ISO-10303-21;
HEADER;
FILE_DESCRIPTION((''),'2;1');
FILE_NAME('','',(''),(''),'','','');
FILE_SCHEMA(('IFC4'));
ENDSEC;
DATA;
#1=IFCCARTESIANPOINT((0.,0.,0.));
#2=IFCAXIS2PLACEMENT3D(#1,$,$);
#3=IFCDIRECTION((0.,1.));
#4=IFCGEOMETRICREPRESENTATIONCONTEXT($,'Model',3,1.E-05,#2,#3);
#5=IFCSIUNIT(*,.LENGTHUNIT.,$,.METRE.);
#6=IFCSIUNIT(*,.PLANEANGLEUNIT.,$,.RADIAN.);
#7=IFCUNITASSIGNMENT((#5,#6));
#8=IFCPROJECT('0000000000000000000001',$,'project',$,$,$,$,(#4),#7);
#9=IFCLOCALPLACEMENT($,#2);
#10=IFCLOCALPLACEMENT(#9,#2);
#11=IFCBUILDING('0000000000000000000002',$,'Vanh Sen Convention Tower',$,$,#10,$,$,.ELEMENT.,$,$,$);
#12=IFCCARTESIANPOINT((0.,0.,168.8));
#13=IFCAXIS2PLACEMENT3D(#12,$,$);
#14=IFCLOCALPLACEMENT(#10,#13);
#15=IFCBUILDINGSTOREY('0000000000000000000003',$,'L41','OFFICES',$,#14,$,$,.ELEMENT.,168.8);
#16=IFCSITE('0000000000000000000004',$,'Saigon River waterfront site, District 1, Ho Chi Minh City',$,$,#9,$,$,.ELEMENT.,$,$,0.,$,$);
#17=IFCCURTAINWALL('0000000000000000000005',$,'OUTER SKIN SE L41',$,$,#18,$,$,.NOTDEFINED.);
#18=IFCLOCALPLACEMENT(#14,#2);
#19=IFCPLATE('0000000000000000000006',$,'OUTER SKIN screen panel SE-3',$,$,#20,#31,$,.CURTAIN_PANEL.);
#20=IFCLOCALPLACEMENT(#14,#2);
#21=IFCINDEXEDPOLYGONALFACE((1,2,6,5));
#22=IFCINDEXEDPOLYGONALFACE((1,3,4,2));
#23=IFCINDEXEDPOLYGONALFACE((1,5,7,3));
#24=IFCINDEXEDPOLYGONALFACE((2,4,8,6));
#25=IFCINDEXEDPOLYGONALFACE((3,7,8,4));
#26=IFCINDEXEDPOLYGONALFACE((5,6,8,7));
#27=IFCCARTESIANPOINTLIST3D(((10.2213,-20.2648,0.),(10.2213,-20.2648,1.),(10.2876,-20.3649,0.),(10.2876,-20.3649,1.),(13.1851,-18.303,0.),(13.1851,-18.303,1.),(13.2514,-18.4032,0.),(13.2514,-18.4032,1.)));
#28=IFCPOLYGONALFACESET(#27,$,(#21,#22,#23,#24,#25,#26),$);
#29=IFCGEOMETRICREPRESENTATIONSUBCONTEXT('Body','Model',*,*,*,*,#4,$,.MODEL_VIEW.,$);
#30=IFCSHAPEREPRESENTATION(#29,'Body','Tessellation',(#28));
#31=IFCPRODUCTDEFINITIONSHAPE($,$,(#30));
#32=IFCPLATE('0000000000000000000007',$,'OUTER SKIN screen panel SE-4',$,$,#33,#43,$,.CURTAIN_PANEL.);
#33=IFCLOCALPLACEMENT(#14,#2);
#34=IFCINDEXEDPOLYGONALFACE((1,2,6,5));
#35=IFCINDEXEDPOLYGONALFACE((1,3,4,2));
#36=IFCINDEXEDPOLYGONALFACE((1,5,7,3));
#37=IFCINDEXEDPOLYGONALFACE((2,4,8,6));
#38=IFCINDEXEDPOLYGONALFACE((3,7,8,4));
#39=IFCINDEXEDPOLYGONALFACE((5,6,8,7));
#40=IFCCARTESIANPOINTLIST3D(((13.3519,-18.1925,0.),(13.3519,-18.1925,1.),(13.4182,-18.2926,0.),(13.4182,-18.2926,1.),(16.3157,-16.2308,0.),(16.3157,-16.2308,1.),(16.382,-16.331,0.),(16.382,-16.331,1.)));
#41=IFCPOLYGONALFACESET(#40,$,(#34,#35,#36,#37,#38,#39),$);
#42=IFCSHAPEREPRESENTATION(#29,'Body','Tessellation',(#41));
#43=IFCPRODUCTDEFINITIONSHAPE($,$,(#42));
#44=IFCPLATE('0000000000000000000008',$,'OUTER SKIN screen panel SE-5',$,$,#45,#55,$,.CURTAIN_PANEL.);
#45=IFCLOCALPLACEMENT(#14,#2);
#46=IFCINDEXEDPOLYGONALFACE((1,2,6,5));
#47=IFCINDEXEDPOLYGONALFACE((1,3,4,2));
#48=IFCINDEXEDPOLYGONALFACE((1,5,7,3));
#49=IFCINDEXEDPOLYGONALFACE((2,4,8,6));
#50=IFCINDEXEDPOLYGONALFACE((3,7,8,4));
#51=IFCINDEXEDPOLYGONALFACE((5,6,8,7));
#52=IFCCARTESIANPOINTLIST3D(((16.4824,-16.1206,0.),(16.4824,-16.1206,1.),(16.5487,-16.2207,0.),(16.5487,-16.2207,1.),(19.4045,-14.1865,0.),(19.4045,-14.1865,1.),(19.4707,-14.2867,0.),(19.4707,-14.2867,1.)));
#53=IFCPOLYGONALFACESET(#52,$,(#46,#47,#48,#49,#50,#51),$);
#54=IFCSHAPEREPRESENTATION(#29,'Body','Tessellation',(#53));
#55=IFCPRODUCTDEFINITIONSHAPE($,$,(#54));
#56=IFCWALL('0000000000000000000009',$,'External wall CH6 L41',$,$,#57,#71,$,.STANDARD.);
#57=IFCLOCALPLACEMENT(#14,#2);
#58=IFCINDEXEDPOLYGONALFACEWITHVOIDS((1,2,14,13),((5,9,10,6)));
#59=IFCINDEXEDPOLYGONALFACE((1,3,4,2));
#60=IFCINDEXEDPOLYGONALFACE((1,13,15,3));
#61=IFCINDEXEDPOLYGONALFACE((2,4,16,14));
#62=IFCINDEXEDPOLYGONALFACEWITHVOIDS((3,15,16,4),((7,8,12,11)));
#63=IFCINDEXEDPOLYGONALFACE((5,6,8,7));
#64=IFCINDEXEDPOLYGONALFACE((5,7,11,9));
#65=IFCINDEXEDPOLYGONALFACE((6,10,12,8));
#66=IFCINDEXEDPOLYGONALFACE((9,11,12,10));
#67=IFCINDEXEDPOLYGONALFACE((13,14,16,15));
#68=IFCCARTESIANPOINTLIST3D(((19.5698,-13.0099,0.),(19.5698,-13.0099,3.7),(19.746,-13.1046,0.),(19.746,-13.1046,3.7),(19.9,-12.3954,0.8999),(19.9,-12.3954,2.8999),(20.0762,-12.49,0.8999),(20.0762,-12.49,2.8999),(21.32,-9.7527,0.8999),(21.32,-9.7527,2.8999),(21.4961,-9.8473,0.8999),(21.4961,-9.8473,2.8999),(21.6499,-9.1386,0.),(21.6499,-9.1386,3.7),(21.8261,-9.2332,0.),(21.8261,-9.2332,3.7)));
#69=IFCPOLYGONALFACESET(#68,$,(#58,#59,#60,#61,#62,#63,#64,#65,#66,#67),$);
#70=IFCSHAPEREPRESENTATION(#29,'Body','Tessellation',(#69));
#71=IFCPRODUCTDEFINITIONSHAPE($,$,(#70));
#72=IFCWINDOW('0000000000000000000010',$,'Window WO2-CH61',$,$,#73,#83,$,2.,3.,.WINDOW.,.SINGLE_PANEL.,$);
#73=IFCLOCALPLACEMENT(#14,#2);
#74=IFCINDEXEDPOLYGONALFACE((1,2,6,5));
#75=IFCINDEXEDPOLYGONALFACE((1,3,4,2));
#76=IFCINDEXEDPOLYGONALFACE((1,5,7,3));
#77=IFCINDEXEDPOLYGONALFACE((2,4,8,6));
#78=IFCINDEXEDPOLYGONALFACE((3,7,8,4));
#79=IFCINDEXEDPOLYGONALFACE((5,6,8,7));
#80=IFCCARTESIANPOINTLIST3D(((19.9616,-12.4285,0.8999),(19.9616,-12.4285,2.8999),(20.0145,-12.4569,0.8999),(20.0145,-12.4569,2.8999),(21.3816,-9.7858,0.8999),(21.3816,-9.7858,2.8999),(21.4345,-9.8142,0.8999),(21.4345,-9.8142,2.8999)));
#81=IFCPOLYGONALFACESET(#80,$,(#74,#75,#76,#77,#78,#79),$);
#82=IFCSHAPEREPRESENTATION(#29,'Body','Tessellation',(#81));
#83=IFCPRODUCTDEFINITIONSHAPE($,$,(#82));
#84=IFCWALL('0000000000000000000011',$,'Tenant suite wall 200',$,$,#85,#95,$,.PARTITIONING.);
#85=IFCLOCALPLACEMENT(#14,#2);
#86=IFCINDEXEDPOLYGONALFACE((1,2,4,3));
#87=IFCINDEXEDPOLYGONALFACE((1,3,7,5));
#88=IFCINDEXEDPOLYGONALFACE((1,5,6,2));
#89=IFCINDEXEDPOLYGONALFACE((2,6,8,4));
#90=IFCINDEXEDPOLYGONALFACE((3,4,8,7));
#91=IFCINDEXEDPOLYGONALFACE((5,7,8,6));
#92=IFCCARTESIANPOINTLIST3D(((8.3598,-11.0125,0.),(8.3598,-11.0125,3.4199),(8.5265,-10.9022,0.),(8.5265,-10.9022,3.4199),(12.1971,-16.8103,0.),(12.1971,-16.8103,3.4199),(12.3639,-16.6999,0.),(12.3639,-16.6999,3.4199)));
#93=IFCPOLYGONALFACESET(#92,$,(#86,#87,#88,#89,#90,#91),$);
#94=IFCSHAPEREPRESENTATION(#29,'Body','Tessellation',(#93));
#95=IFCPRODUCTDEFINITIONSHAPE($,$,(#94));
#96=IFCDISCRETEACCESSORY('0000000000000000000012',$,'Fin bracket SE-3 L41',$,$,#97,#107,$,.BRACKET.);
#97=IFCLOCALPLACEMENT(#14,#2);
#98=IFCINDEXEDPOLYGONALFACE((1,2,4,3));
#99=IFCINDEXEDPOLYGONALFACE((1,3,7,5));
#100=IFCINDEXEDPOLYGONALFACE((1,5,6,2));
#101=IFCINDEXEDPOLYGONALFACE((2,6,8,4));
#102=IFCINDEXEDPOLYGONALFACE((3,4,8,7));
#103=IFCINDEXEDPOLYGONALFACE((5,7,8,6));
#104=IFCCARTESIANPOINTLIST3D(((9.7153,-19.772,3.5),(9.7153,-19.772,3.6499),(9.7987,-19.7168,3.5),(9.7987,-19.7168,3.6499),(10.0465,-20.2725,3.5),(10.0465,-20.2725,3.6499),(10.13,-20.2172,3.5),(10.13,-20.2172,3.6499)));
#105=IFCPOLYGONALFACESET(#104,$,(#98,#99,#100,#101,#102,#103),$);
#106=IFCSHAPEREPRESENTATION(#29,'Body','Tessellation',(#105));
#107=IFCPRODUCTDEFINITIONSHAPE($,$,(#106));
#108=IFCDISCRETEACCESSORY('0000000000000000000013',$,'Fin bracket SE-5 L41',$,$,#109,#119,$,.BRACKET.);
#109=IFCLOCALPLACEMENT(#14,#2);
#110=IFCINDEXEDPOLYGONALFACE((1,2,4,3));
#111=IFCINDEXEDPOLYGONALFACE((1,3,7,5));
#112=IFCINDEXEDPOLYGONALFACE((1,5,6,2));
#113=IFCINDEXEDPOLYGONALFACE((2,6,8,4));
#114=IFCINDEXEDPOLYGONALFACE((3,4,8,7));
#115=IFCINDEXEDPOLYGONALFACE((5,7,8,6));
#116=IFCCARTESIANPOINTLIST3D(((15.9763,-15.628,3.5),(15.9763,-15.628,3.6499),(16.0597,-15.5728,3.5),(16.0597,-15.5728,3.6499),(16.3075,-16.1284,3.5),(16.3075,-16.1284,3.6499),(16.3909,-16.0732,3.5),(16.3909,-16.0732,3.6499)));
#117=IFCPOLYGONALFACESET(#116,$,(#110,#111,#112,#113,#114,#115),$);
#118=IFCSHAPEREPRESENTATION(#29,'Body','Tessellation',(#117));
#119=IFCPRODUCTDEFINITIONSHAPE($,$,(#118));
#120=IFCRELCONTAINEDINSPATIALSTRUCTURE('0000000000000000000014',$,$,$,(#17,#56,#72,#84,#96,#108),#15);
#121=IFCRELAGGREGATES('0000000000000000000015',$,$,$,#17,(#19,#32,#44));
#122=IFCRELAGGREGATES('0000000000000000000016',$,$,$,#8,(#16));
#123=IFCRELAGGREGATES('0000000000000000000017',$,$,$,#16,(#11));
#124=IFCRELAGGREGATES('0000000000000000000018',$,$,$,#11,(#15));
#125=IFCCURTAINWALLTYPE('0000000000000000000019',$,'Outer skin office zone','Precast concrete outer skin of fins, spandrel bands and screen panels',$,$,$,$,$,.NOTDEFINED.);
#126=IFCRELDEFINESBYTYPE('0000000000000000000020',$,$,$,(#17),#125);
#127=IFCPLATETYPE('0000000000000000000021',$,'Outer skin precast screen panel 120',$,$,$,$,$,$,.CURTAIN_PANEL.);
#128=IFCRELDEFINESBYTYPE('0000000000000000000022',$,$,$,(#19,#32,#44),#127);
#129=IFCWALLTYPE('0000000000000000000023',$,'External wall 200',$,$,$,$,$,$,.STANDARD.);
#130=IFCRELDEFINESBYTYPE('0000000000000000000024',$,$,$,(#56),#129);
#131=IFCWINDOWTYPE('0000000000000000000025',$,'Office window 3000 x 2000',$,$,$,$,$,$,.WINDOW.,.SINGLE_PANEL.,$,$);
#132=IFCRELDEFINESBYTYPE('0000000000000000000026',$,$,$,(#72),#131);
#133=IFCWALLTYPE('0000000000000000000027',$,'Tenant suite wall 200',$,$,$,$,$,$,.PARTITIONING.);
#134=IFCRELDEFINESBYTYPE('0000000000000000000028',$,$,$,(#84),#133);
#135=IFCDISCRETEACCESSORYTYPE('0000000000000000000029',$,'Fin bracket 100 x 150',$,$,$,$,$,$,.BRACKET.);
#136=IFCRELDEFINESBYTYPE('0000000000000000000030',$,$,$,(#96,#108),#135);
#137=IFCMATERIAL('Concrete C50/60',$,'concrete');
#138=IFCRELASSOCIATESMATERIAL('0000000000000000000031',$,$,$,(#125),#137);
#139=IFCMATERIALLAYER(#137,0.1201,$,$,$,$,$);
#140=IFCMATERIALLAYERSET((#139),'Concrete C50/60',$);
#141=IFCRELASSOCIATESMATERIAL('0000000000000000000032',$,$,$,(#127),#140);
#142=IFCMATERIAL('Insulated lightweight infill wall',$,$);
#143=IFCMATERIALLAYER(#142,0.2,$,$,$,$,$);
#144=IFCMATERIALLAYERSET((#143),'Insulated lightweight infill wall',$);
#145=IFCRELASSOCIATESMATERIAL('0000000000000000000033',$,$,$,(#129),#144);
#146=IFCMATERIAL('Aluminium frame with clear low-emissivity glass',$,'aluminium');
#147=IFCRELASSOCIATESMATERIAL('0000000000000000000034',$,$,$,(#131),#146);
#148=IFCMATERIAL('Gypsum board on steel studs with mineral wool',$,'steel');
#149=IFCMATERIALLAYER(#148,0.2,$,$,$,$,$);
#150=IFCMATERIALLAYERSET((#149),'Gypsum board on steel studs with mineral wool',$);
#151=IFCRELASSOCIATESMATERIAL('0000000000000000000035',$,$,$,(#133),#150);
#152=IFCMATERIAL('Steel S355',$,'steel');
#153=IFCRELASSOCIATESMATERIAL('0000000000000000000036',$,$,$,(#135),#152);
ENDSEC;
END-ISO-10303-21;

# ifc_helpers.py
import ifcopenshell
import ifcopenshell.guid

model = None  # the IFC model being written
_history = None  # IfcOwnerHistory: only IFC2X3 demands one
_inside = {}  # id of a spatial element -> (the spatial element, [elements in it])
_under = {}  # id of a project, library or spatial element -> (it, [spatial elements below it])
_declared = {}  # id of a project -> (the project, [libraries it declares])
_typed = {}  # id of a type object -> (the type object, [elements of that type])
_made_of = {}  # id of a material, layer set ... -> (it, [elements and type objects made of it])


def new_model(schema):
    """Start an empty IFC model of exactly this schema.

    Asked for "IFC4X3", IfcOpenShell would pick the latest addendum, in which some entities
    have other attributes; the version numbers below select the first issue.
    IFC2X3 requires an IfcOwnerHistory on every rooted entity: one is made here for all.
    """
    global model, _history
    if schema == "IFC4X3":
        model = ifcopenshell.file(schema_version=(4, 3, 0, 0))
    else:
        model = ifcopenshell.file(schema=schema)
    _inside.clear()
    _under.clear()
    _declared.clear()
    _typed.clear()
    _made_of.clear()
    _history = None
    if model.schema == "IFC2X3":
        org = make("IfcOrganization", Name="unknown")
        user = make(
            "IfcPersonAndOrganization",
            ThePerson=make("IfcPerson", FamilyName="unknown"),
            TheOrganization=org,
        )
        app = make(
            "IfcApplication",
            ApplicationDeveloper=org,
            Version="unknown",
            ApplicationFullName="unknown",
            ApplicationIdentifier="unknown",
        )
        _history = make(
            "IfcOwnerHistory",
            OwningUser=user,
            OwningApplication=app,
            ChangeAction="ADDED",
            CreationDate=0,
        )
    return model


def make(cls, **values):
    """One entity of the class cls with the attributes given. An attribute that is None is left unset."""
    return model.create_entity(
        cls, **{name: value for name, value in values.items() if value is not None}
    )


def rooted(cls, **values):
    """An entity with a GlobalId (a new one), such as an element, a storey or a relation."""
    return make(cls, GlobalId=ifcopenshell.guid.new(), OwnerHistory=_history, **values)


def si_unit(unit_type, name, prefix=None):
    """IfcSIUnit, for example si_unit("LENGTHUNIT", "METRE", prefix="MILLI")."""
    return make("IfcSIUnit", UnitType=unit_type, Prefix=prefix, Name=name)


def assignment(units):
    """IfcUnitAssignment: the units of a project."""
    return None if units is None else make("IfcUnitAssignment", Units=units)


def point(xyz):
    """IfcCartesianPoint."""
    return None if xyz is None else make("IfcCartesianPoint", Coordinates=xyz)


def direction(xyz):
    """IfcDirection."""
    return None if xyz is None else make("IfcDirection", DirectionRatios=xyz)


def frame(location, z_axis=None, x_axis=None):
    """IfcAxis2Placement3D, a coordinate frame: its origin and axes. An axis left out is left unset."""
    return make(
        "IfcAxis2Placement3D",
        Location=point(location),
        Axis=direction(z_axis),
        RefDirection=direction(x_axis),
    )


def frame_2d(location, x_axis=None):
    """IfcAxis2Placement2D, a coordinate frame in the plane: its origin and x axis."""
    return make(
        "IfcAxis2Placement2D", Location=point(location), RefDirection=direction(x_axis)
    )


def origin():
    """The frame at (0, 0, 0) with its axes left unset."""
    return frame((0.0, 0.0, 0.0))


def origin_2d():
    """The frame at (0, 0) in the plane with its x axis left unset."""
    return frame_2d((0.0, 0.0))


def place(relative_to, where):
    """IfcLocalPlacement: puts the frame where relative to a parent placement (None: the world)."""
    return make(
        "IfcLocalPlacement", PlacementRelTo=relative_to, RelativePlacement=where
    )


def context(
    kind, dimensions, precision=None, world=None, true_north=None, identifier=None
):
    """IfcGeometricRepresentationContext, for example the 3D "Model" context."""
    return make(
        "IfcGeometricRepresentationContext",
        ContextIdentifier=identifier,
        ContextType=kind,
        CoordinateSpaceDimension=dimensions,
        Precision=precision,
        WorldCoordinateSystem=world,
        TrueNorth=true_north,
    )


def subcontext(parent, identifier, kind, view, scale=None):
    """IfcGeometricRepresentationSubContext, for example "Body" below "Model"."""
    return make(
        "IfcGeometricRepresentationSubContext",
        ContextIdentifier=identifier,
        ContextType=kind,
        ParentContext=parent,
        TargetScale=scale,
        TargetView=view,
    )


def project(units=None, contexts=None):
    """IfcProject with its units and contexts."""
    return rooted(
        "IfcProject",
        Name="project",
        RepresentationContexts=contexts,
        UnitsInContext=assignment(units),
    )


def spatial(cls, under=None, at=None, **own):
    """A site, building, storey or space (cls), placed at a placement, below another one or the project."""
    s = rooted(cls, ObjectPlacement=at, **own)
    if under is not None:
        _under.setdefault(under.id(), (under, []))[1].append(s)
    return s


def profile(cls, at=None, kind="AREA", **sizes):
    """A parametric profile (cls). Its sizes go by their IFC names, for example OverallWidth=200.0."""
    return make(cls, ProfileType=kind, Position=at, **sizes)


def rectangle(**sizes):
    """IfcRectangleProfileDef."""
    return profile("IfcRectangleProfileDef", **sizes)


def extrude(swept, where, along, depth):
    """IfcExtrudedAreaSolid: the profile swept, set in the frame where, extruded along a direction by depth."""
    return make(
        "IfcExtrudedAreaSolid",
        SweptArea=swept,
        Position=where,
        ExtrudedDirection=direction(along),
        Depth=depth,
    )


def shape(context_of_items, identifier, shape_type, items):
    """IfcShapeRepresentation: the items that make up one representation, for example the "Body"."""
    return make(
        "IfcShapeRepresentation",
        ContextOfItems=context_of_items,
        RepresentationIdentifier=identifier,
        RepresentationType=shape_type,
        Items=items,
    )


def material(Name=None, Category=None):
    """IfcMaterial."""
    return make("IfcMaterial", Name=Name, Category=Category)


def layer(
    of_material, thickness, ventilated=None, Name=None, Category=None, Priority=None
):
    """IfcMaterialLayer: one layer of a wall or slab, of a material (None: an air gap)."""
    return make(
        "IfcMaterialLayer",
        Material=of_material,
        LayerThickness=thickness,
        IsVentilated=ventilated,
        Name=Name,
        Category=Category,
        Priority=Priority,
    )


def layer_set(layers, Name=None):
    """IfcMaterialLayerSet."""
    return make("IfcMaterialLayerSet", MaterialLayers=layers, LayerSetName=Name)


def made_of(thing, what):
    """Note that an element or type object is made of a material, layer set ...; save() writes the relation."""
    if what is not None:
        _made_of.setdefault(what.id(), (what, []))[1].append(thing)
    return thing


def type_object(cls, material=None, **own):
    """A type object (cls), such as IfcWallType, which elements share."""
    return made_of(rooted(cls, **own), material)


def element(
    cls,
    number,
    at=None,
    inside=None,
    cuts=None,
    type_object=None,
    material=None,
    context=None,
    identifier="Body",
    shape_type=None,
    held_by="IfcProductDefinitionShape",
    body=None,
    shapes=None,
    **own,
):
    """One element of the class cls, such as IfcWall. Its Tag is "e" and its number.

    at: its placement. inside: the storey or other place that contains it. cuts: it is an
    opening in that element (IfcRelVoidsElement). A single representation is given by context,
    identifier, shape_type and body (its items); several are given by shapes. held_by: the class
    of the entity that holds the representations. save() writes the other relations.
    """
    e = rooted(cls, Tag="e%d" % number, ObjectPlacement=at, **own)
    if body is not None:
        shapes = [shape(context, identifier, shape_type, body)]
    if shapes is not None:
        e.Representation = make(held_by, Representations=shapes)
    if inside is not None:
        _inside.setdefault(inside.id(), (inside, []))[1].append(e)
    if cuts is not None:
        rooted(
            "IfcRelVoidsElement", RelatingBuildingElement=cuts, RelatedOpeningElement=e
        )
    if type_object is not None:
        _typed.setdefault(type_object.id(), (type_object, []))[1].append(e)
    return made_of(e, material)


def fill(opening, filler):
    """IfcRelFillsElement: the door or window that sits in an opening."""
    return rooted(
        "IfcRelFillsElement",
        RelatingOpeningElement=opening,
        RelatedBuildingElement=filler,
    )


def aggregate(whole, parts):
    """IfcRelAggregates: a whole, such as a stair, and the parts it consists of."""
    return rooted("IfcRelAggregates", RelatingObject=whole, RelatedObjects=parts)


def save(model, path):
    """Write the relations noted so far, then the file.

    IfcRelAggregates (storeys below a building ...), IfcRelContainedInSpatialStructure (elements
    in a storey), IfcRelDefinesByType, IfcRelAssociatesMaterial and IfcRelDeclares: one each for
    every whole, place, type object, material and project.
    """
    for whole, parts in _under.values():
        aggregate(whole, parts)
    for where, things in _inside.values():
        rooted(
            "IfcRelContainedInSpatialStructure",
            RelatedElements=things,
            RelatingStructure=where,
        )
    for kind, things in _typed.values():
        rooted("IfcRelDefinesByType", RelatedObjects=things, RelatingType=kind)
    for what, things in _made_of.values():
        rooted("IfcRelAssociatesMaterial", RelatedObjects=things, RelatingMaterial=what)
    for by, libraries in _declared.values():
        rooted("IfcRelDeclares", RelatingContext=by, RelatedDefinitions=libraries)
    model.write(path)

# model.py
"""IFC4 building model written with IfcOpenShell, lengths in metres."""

from ifc_helpers import new_model, si_unit, direction, frame, frame_2d, origin, origin_2d, place, context, subcontext, project, spatial, rectangle, extrude, material, layer, layer_set, type_object, element, fill, aggregate, save


model = new_model("IFC4")

# Units and contexts
model_context = context("Model", 3, precision=1e-05, world=origin(), true_north=direction((0.0, 1.0)))
body_context = subcontext(model_context, "Body", "Model", "MODEL_VIEW")
ifc_project = project(units=[si_unit("LENGTHUNIT", "METRE"), si_unit("PLANEANGLEUNIT", "RADIAN")], contexts=[model_context])

# Site, building, storey
site_placement = place(None, origin())
site = spatial("IfcSite", under=ifc_project, at=site_placement, Name="Saigon River waterfront site, District 1, Ho Chi Minh City", CompositionType="ELEMENT", RefElevation=0.0)
building_placement = place(site_placement, origin())
building = spatial("IfcBuilding", under=site, at=building_placement, Name="Vanh Sen Convention Tower", CompositionType="ELEMENT")
storey_placement = place(building_placement, frame((0.0, 0.0, 168.8)))
storey = spatial("IfcBuildingStorey", under=building, at=storey_placement, Name="L41", Description="OFFICES", CompositionType="ELEMENT", Elevation=168.8)

# Curtain wall
ifc_material_1 = material(Name="Concrete C50/60", Category="concrete")
curtain_wall_type = type_object("IfcCurtainWallType", Name="Outer skin office zone", Description="Precast concrete outer skin of fins, spandrel bands and screen panels", PredefinedType="NOTDEFINED", material=ifc_material_1)
curtain_wall_1_placement = place(storey_placement, origin())
curtain_wall_1 = element("IfcCurtainWall", 1, at=curtain_wall_1_placement, inside=storey, type_object=curtain_wall_type, Name="OUTER SKIN SE L41", PredefinedType="NOTDEFINED")

# Plates
ifc_layer_1 = layer(ifc_material_1, 0.1201)
ifc_layer_set_1 = layer_set([ifc_layer_1], Name="Concrete C50/60")
plate_type = type_object("IfcPlateType", Name="Outer skin precast screen panel 120", PredefinedType="CURTAIN_PANEL", material=ifc_layer_set_1)
plate_1_placement = place(storey_placement, frame((11.7363, -19.334, 0.0), z_axis=(0.0, 0.0, 1.0), x_axis=(0.833877, 0.55195, 0.0)))
plate_1 = element("IfcPlate", 2, at=plate_1_placement, type_object=plate_type, Name="OUTER SKIN screen panel SE-3", PredefinedType="CURTAIN_PANEL", context=body_context, shape_type="SweptSolid", body=[
    extrude(rectangle(XDim=3.5542, YDim=0.1201, at=origin_2d()), origin(), (0.0, 0.0, 1.0), 1.0),
])
plate_2_placement = place(storey_placement, frame((14.8669, -17.2617, 0.0), z_axis=(0.0, 0.0, 1.0), x_axis=(0.83389, 0.551931, 0.0)))
plate_2 = element("IfcPlate", 3, at=plate_2_placement, type_object=plate_type, Name="OUTER SKIN screen panel SE-4", PredefinedType="CURTAIN_PANEL", context=body_context, shape_type="SweptSolid", body=[
    extrude(rectangle(XDim=3.5542, YDim=0.1201, at=origin_2d()), origin(), (0.0, 0.0, 1.0), 1.0),
])
plate_3_placement = place(storey_placement, frame((17.9766, -15.2036, 0.0), z_axis=(0.0, 0.0, 1.0), x_axis=(0.83389, 0.551931, 0.0)))
plate_3 = element("IfcPlate", 4, at=plate_3_placement, type_object=plate_type, Name="OUTER SKIN screen panel SE-5", PredefinedType="CURTAIN_PANEL", context=body_context, shape_type="SweptSolid", body=[
    extrude(rectangle(XDim=3.5042, YDim=0.1201, at=origin_2d()), origin(), (0.0, 0.0, 1.0), 1.0),
])
aggregate(curtain_wall_1, [plate_1, plate_2, plate_3])

# Wall, opening, window
ifc_material_2 = material(Name="Insulated lightweight infill wall")
ifc_layer_2 = layer(ifc_material_2, 0.2)
ifc_layer_set_2 = layer_set([ifc_layer_2], Name="Insulated lightweight infill wall")
wall_type_1 = type_object("IfcWallType", Name="External wall 200", PredefinedType="STANDARD", material=ifc_layer_set_2)
wall_1_placement = place(storey_placement, frame((19.658, -13.0571, 0.0), z_axis=(0.0, 0.0, 1.0), x_axis=(0.473308, 0.880897, 0.0)))
wall_1 = element("IfcWall", 5, at=wall_1_placement, inside=storey, type_object=wall_type_1, Name="External wall CH6 L41", PredefinedType="STANDARD", context=body_context, shape_type="SweptSolid", body=[
    extrude(rectangle(XDim=4.3948, YDim=0.2, at=frame_2d((2.1973, 0.0))), origin(), (0.0, 0.0, 1.0), 3.7),
])
opening_placement = place(wall_1_placement, frame((0.6975, 0.0, 0.8999)))
opening = element("IfcOpeningElement", 6, at=opening_placement, cuts=wall_1, PredefinedType="OPENING", context=body_context, shape_type="SweptSolid", body=[
    extrude(rectangle(XDim=3.0, YDim=2.0, at=frame_2d((1.5, 1.0))), frame((0.0, 0.1099, 0.0), z_axis=(0.0, -1.0, 0.0), x_axis=(1.0, 0.0, 0.0)), (0.0, 0.0, 1.0), 0.22),
])
ifc_material_3 = material(Name="Aluminium frame with clear low-emissivity glass", Category="aluminium")
window_type = type_object("IfcWindowType", Name="Office window 3000 x 2000", PartitioningType="SINGLE_PANEL", PredefinedType="WINDOW", material=ifc_material_3)
window_placement = place(opening_placement, origin())
window = element("IfcWindow", 7, at=window_placement, inside=storey, type_object=window_type, Name="Window WO2-CH61", OverallHeight=2.0, OverallWidth=3.0, PartitioningType="SINGLE_PANEL", PredefinedType="WINDOW", context=body_context, shape_type="SweptSolid", body=[
    extrude(rectangle(XDim=3.0, YDim=2.0, at=frame_2d((1.5, 1.0))), frame((0.0, 0.03, 0.0), z_axis=(0.0, -1.0, 0.0), x_axis=(1.0, 0.0, 0.0)), (0.0, 0.0, 1.0), 0.0601),
])
fill(opening, window)

# Wall
ifc_material_4 = material(Name="Gypsum board on steel studs with mineral wool", Category="steel")
ifc_layer_3 = layer(ifc_material_4, 0.2)
ifc_layer_set_3 = layer_set([ifc_layer_3], Name="Gypsum board on steel studs with mineral wool")
wall_type_2 = type_object("IfcWallType", Name="Tenant suite wall 200", PredefinedType="PARTITIONING", material=ifc_layer_set_3)
wall_2_placement = place(storey_placement, frame((12.2805, -16.7551, 0.0), z_axis=(0.0, 0.0, 1.0), x_axis=(-0.551926, 0.833893, 0.0)))
element("IfcWall", 8, at=wall_2_placement, inside=storey, type_object=wall_type_2, Name="Tenant suite wall 200", PredefinedType="PARTITIONING", context=body_context, shape_type="SweptSolid", body=[
    extrude(rectangle(XDim=6.9526, YDim=0.2, at=frame_2d((3.4763, 0.0))), origin(), (0.0, 0.0, 1.0), 3.4199),
])

# Discrete accessories
ifc_material_5 = material(Name="Steel S355", Category="steel")
discrete_accessory_type = type_object("IfcDiscreteAccessoryType", Name="Fin bracket 100 x 150", PredefinedType="BRACKET", material=ifc_material_5)
for number, where, z_axis, x_axis, name in (
    (9, (9.9226, -19.9946, 3.5), (0.0, 0.0, 1.0), (0.551937, -0.833886, 0.0), "Fin bracket SE-3 L41"),
    (10, (16.1836, -15.8506, 3.5), (0.0, 0.0, 1.0), (0.551937, -0.833886, 0.0), "Fin bracket SE-5 L41"),
):
    element("IfcDiscreteAccessory", number, at=place(storey_placement, frame(where, z_axis=z_axis, x_axis=x_axis)), inside=storey, type_object=discrete_accessory_type, Name=name, PredefinedType="BRACKET", context=body_context, shape_type="SweptSolid", body=[
        extrude(rectangle(XDim=0.6001, YDim=0.1001, at=origin_2d()), origin(), (0.0, 0.0, 1.0), 0.1499),
    ])

save(model, "model.ifc")
